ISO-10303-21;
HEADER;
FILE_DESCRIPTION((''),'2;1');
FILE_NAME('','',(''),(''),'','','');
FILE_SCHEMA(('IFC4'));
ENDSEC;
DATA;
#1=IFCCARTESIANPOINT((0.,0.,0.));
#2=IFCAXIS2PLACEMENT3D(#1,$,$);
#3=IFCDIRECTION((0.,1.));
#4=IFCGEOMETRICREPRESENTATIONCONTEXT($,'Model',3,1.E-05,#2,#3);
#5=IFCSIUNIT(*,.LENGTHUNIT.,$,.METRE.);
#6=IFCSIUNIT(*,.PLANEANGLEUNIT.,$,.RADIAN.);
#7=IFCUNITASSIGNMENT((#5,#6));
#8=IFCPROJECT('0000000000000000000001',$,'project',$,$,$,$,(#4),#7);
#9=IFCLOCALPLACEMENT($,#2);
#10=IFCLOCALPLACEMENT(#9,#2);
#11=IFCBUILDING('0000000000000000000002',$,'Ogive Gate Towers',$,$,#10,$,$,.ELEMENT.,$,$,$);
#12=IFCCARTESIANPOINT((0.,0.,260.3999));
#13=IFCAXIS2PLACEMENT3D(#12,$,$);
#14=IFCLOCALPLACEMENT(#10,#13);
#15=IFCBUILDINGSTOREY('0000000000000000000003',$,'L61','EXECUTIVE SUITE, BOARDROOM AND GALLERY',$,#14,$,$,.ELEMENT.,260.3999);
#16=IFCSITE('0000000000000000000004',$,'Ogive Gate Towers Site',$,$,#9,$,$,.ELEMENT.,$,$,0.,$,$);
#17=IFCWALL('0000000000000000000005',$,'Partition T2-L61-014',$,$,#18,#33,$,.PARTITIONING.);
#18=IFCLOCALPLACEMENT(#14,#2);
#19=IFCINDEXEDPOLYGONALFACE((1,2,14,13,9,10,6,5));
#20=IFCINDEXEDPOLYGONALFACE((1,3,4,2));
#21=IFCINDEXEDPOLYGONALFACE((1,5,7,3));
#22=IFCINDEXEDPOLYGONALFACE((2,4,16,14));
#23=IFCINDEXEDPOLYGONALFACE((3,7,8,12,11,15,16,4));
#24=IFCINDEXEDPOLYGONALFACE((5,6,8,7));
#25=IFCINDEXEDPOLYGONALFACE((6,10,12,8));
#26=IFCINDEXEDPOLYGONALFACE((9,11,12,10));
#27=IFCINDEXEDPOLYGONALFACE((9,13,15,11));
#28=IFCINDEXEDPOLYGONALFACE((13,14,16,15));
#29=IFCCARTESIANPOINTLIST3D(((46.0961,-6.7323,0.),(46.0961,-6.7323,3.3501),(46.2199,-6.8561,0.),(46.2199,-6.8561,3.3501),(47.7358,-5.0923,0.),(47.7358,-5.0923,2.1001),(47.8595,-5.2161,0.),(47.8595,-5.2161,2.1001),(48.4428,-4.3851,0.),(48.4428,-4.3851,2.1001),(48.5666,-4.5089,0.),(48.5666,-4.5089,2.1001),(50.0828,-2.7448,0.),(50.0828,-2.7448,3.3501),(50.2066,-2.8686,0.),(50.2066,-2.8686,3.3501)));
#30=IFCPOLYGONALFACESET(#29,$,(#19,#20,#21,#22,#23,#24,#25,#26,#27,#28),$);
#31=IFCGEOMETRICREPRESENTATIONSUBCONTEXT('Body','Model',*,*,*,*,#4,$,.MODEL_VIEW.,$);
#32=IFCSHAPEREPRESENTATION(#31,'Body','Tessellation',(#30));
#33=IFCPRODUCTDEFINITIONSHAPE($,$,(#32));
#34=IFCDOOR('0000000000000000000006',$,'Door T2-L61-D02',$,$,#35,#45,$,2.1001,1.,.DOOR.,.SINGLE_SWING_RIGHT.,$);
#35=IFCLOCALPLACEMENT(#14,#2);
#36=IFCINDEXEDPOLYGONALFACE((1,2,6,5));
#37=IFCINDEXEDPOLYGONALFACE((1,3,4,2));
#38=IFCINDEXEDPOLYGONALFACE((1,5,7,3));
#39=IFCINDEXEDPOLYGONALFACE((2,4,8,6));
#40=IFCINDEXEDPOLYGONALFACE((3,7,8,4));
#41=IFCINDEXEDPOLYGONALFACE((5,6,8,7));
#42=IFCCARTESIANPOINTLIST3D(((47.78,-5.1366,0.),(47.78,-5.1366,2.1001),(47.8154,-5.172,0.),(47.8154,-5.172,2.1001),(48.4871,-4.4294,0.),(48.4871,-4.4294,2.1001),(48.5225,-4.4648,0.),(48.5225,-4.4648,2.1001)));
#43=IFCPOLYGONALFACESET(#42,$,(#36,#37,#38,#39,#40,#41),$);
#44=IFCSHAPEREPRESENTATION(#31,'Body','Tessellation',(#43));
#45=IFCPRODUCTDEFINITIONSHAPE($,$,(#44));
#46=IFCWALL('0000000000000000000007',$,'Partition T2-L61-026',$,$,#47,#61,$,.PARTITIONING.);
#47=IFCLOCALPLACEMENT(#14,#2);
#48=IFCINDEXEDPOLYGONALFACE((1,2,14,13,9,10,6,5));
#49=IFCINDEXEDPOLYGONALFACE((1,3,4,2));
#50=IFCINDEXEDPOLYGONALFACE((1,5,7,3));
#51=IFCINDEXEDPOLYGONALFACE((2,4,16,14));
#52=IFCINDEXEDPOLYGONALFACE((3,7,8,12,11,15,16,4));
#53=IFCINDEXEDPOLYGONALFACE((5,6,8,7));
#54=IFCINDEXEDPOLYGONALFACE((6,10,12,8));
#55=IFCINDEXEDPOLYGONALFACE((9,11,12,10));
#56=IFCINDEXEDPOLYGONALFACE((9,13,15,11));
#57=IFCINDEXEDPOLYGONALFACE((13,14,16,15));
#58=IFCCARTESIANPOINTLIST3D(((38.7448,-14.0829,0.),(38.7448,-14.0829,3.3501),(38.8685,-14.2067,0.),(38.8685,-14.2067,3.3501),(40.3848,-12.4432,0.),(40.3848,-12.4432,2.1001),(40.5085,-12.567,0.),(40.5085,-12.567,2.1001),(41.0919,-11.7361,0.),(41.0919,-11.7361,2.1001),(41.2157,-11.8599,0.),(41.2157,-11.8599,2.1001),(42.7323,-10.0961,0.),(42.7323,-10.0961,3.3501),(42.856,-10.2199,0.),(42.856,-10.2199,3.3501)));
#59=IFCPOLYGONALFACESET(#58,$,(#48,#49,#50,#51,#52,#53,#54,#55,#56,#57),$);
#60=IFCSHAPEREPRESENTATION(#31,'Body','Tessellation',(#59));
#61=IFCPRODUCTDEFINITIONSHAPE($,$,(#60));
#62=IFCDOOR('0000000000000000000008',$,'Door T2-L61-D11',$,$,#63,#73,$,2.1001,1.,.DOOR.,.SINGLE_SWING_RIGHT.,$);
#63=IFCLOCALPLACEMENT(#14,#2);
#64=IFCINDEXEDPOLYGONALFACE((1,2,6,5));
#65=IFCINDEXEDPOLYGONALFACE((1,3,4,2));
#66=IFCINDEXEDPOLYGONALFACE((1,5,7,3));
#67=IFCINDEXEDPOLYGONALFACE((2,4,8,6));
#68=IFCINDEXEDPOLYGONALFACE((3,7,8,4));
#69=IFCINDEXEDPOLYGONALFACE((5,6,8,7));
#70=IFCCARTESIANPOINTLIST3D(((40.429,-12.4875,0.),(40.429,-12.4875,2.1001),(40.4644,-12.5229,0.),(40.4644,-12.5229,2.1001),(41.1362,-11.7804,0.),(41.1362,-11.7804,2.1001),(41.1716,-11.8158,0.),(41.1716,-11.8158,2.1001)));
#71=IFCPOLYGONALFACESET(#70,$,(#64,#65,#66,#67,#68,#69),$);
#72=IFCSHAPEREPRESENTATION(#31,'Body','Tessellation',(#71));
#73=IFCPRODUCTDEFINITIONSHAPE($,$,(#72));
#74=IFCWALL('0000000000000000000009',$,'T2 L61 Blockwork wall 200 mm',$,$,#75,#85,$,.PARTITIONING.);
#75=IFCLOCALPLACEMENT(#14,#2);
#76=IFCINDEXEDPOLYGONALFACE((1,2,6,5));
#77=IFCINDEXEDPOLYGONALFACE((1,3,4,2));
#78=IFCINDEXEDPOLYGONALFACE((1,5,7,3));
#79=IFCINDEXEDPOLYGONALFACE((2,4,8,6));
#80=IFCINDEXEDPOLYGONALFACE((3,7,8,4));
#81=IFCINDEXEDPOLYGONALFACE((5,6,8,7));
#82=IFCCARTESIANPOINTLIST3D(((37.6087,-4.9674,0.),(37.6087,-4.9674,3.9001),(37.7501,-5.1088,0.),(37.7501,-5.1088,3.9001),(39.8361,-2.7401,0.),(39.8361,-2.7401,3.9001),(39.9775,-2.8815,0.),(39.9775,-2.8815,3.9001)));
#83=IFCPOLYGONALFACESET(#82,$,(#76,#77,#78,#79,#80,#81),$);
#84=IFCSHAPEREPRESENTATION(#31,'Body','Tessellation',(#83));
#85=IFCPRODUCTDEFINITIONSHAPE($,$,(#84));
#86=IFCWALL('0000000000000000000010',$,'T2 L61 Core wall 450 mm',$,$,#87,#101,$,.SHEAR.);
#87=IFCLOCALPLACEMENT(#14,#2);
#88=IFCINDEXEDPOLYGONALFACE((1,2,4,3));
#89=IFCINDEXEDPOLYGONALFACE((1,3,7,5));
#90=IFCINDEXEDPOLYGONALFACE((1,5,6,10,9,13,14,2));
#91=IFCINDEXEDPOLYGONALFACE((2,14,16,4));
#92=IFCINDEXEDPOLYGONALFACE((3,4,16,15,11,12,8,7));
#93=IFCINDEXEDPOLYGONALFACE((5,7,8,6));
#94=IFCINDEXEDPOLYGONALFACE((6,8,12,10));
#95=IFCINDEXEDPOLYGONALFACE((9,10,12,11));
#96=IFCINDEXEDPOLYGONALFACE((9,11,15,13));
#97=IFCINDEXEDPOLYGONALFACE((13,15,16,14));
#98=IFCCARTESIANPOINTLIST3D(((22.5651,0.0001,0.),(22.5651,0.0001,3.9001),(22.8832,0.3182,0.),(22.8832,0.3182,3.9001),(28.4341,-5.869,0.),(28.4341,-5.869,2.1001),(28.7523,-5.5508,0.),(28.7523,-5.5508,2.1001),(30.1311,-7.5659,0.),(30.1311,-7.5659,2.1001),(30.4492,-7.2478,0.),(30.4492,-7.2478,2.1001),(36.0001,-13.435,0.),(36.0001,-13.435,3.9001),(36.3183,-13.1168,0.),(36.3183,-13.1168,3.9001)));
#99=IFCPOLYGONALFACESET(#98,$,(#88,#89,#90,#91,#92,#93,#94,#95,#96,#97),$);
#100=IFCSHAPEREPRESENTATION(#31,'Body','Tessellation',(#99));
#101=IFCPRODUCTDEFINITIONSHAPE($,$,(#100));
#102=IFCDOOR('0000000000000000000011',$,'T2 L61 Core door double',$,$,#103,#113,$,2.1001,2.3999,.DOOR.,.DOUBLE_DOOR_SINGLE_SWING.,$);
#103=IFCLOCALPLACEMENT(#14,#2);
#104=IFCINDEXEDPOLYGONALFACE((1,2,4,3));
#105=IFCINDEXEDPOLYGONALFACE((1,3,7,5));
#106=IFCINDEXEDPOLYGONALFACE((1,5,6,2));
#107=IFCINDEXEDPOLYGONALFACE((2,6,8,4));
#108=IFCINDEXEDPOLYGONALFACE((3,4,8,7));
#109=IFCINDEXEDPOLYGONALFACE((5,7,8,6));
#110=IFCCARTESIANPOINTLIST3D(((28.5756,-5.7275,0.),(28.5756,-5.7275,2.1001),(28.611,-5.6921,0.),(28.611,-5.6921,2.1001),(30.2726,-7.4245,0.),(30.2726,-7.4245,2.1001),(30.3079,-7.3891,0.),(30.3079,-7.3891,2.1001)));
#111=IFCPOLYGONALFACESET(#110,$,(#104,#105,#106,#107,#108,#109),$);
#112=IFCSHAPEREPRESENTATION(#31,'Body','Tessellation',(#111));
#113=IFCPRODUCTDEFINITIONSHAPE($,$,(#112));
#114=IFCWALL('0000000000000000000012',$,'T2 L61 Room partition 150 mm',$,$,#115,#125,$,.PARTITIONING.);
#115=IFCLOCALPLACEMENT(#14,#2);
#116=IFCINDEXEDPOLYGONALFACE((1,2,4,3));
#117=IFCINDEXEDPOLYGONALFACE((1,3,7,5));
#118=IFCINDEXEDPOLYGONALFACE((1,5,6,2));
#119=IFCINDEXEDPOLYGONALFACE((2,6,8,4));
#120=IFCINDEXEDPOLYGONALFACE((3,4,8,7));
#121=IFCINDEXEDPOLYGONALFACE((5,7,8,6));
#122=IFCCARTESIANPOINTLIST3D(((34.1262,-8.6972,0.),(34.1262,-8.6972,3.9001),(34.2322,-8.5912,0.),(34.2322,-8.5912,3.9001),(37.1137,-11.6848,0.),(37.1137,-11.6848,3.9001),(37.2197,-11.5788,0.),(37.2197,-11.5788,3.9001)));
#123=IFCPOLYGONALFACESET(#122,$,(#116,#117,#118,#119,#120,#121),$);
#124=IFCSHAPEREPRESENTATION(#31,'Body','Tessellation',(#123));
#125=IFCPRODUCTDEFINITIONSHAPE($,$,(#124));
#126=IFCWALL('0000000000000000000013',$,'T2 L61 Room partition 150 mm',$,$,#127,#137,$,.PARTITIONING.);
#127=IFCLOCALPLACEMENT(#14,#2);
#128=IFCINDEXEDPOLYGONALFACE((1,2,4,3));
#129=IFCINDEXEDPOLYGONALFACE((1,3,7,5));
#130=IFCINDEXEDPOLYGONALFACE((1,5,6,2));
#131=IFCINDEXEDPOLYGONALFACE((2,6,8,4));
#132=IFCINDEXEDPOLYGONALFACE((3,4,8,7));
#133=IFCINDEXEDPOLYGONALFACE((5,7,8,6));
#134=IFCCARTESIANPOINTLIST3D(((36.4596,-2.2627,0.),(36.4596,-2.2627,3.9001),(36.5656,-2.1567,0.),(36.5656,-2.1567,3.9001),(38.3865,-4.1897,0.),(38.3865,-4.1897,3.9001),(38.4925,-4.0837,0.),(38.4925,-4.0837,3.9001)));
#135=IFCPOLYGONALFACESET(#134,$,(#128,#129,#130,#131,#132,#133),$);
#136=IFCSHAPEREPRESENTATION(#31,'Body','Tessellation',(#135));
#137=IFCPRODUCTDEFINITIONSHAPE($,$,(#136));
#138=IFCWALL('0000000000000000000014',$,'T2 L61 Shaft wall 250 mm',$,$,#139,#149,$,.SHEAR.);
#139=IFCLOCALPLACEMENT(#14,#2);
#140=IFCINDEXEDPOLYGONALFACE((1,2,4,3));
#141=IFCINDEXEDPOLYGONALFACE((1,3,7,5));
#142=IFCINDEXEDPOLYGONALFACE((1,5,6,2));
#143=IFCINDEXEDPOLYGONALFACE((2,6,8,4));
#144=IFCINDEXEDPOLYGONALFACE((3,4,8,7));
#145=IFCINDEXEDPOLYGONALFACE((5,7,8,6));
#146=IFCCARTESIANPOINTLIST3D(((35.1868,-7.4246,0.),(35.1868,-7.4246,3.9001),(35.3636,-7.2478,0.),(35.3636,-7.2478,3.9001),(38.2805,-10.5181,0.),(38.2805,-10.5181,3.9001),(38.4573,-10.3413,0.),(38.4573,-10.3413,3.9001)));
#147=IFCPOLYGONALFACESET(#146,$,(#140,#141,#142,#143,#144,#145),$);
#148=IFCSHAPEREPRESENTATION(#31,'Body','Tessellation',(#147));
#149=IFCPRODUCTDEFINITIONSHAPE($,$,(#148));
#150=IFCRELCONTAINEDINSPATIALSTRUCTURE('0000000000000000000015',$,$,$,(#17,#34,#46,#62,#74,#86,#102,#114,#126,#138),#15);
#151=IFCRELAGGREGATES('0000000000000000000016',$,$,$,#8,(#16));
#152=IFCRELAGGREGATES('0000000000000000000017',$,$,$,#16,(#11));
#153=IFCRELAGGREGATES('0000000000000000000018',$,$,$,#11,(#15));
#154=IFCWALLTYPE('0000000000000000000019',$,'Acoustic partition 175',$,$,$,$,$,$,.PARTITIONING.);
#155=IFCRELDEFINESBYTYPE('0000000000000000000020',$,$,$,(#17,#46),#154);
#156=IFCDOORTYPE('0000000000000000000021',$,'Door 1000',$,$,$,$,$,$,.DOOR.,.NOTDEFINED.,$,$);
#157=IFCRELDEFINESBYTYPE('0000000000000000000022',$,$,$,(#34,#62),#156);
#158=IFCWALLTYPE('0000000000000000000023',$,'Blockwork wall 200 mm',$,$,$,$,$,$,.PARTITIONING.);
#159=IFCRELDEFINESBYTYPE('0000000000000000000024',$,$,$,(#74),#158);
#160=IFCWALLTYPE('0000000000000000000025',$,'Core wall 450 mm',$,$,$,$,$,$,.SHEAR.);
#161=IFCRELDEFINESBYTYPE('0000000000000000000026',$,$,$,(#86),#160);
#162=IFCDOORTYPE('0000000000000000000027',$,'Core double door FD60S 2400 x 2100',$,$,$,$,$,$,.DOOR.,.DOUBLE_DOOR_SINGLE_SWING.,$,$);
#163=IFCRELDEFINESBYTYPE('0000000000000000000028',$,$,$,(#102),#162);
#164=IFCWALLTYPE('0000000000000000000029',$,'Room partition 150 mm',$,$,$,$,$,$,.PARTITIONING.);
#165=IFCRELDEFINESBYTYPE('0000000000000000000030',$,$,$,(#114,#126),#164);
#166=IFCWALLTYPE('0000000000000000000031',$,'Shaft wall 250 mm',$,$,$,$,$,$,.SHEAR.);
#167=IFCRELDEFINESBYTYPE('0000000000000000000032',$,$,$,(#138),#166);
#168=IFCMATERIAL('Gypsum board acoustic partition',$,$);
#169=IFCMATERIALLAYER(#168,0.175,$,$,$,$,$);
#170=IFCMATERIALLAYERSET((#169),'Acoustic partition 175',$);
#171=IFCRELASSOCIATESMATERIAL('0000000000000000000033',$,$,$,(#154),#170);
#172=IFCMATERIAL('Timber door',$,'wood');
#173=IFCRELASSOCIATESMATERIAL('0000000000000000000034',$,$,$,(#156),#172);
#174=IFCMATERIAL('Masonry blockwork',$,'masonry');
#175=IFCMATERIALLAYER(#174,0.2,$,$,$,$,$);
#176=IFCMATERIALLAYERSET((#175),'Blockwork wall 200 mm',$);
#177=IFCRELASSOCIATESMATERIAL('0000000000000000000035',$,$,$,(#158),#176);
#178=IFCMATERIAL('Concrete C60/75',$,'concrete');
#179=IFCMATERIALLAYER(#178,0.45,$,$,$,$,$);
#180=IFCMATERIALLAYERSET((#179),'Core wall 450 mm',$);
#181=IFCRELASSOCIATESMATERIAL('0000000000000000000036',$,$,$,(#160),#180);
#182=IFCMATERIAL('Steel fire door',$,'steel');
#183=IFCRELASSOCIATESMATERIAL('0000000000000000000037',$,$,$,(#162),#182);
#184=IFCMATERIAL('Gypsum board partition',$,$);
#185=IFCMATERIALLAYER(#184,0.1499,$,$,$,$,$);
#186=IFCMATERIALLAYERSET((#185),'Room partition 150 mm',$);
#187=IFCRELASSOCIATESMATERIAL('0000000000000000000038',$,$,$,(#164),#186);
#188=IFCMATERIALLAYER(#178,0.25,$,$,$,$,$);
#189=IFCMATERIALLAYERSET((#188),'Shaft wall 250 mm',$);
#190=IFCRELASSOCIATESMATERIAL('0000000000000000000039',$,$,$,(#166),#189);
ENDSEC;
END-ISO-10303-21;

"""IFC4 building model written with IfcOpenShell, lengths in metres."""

from ifc_helpers import new_model, si_unit, direction, frame, frame_2d, origin, place, context, subcontext, project, spatial, rectangle, extrude, material, layer, layer_set, type_object, element, fill, save


model = new_model("IFC4")

# Units and contexts
model_context = context("Model", 3, precision=1e-05, world=origin(), true_north=direction((0.0, 1.0)))
body_context = subcontext(model_context, "Body", "Model", "MODEL_VIEW")
ifc_project = project(units=[si_unit("LENGTHUNIT", "METRE"), si_unit("PLANEANGLEUNIT", "RADIAN")], contexts=[model_context])

# Site, building, storey
site_placement = place(None, origin())
site = spatial("IfcSite", under=ifc_project, at=site_placement, Name="Ogive Gate Towers Site", CompositionType="ELEMENT", RefElevation=0.0)
building_placement = place(site_placement, origin())
building = spatial("IfcBuilding", under=site, at=building_placement, Name="Ogive Gate Towers", CompositionType="ELEMENT")
storey_placement = place(building_placement, frame((0.0, 0.0, 260.3999)))
storey = spatial("IfcBuildingStorey", under=building, at=storey_placement, Name="L61", Description="EXECUTIVE SUITE, BOARDROOM AND GALLERY", CompositionType="ELEMENT", Elevation=260.3999)

# Shared definitions
ifc_material_1 = material(Name="Gypsum board acoustic partition")
ifc_layer_1 = layer(ifc_material_1, 0.175)
ifc_layer_set_1 = layer_set([ifc_layer_1], Name="Acoustic partition 175")
wall_type_1 = type_object("IfcWallType", Name="Acoustic partition 175", PredefinedType="PARTITIONING", material=ifc_layer_set_1)

# Walls, openings, doors
ifc_material_2 = material(Name="Timber door", Category="wood")
door_type_1 = type_object("IfcDoorType", Name="Door 1000", OperationType="NOTDEFINED", PredefinedType="DOOR", material=ifc_material_2)
wall_1_placement = place(storey_placement, frame((46.158, -6.7942, 0.0), z_axis=(0.0, 0.0, 1.0), x_axis=(0.707042, 0.707172, 0.0)))
wall_1 = element("IfcWall", 1, at=wall_1_placement, inside=storey, type_object=wall_type_1, Name="Partition T2-L61-014", PredefinedType="PARTITIONING", context=body_context, shape_type="SweptSolid", body=[
    extrude(rectangle(XDim=5.6387, YDim=0.175, at=frame_2d((2.8193, 0.0))), origin(), (0.0, 0.0, 1.0), 3.3501),
])
opening_1_placement = place(wall_1_placement, frame((2.3191, 0.0, 0.0)))
opening_1 = element("IfcOpeningElement", 2, at=opening_1_placement, cuts=wall_1, PredefinedType="OPENING", context=body_context, shape_type="SweptSolid", body=[
    extrude(rectangle(XDim=1.0, YDim=2.1001, at=frame_2d((0.5, 1.05))), frame((0.0, 0.0977, 0.0), z_axis=(0.0, -1.0, 0.0), x_axis=(1.0, 0.0, 0.0)), (0.0, 0.0, 1.0), 0.1951),
])
door_1_placement = place(opening_1_placement, origin())
door_1 = element("IfcDoor", 3, at=door_1_placement, inside=storey, type_object=door_type_1, Name="Door T2-L61-D02", OperationType="SINGLE_SWING_RIGHT", OverallHeight=2.1001, OverallWidth=1.0, PredefinedType="DOOR", context=body_context, shape_type="SweptSolid", body=[
    extrude(rectangle(XDim=1.0, YDim=2.1001, at=frame_2d((0.5, 1.05))), frame((0.0, 0.0249, 0.0), z_axis=(0.0, -1.0, 0.0), x_axis=(1.0, 0.0, 0.0)), (0.0, 0.0, 1.0), 0.05),
])
fill(opening_1, door_1)
wall_2_placement = place(storey_placement, frame((38.8066, -14.1448, 0.0), z_axis=(0.0, 0.0, 1.0), x_axis=(0.707172, 0.707042, 0.0)))
wall_2 = element("IfcWall", 4, at=wall_2_placement, inside=storey, type_object=wall_type_1, Name="Partition T2-L61-026", PredefinedType="PARTITIONING", context=body_context, shape_type="SweptSolid", body=[
    extrude(rectangle(XDim=5.6387, YDim=0.175, at=frame_2d((2.8193, 0.0))), origin(), (0.0, 0.0, 1.0), 3.3501),
])
opening_2_placement = place(wall_2_placement, frame((2.3191, 0.0, 0.0)))
opening_2 = element("IfcOpeningElement", 5, at=opening_2_placement, cuts=wall_2, PredefinedType="OPENING", context=body_context, shape_type="SweptSolid", body=[
    extrude(rectangle(XDim=1.0, YDim=2.1001, at=frame_2d((0.5, 1.05))), frame((0.0, 0.0977, 0.0), z_axis=(0.0, -1.0, 0.0), x_axis=(1.0, 0.0, 0.0)), (0.0, 0.0, 1.0), 0.1951),
])
door_2_placement = place(opening_2_placement, origin())
door_2 = element("IfcDoor", 6, at=door_2_placement, inside=storey, type_object=door_type_1, Name="Door T2-L61-D11", OperationType="SINGLE_SWING_RIGHT", OverallHeight=2.1001, OverallWidth=1.0, PredefinedType="DOOR", context=body_context, shape_type="SweptSolid", body=[
    extrude(rectangle(XDim=1.0, YDim=2.1001, at=frame_2d((0.5, 1.05))), frame((0.0, 0.0249, 0.0), z_axis=(0.0, -1.0, 0.0), x_axis=(1.0, 0.0, 0.0)), (0.0, 0.0, 1.0), 0.05),
])
fill(opening_2, door_2)

# Wall
ifc_material_3 = material(Name="Masonry blockwork", Category="masonry")
ifc_layer_2 = layer(ifc_material_3, 0.2)
ifc_layer_set_2 = layer_set([ifc_layer_2], Name="Blockwork wall 200 mm")
wall_type_2 = type_object("IfcWallType", Name="Blockwork wall 200 mm", PredefinedType="PARTITIONING", material=ifc_layer_set_2)
wall_3_placement = place(storey_placement, frame((37.6794, -5.0381, 0.0), z_axis=(0.0, 0.0, 1.0), x_axis=(0.707107, 0.707107, 0.0)))
element("IfcWall", 7, at=wall_3_placement, inside=storey, type_object=wall_type_2, Name="T2 L61 Blockwork wall 200 mm", PredefinedType="PARTITIONING", context=body_context, shape_type="SweptSolid", body=[
    extrude(rectangle(XDim=3.1499, YDim=0.2, at=frame_2d((1.575, 0.0))), origin(), (0.0, 0.0, 1.0), 3.9001),
])

# Wall, opening, door
ifc_material_4 = material(Name="Concrete C60/75", Category="concrete")
ifc_layer_3 = layer(ifc_material_4, 0.45)
ifc_layer_set_3 = layer_set([ifc_layer_3], Name="Core wall 450 mm")
wall_type_3 = type_object("IfcWallType", Name="Core wall 450 mm", PredefinedType="SHEAR", material=ifc_layer_set_3)
wall_4_placement = place(storey_placement, frame((36.1592, -13.2759, 0.0), z_axis=(0.0, 0.0, 1.0), x_axis=(-0.707107, 0.707107, 0.0)))
wall_4 = element("IfcWall", 8, at=wall_4_placement, inside=storey, type_object=wall_type_3, Name="T2 L61 Core wall 450 mm", PredefinedType="SHEAR", context=body_context, shape_type="SweptSolid", body=[
    extrude(rectangle(XDim=19.0, YDim=0.45, at=frame_2d((9.5, 0.0))), origin(), (0.0, 0.0, 1.0), 3.9001),
])
opening_3_placement = place(wall_4_placement, frame((8.3, 0.0, 0.0)))
opening_3 = element("IfcOpeningElement", 9, at=opening_3_placement, cuts=wall_4, PredefinedType="OPENING", context=body_context, shape_type="SweptSolid", body=[
    extrude(rectangle(XDim=2.3999, YDim=2.1001, at=frame_2d((1.2, 1.05))), frame((0.0, 0.2349, 0.0), z_axis=(0.0, -1.0, 0.0), x_axis=(1.0, 0.0, 0.0)), (0.0, 0.0, 1.0), 0.47),
])
ifc_material_5 = material(Name="Steel fire door", Category="steel")
door_type_2 = type_object("IfcDoorType", Name="Core double door FD60S 2400 x 2100", OperationType="DOUBLE_DOOR_SINGLE_SWING", PredefinedType="DOOR", material=ifc_material_5)
door_3_placement = place(opening_3_placement, origin())
door_3 = element("IfcDoor", 10, at=door_3_placement, inside=storey, type_object=door_type_2, Name="T2 L61 Core door double", OperationType="DOUBLE_DOOR_SINGLE_SWING", OverallHeight=2.1001, OverallWidth=2.3999, PredefinedType="DOOR", context=body_context, shape_type="SweptSolid", body=[
    extrude(rectangle(XDim=2.3999, YDim=2.1001, at=frame_2d((1.2, 1.05))), frame((0.0, 0.0249, 0.0), z_axis=(0.0, -1.0, 0.0), x_axis=(1.0, 0.0, 0.0)), (0.0, 0.0, 1.0), 0.05),
])
fill(opening_3, door_3)

# Walls
ifc_material_6 = material(Name="Gypsum board partition")
ifc_layer_4 = layer(ifc_material_6, 0.1499)
ifc_layer_set_4 = layer_set([ifc_layer_4], Name="Room partition 150 mm")
wall_type_4 = type_object("IfcWallType", Name="Room partition 150 mm", PredefinedType="PARTITIONING", material=ifc_layer_set_4)
wall_5_placement = place(storey_placement, frame((37.1667, -11.6318, 0.0), z_axis=(0.0, 0.0, 1.0), x_axis=(-0.707107, 0.707107, 0.0)))
element("IfcWall", 11, at=wall_5_placement, inside=storey, type_object=wall_type_4, Name="T2 L61 Room partition 150 mm", PredefinedType="PARTITIONING", context=body_context, shape_type="SweptSolid", body=[
    extrude(rectangle(XDim=4.2251, YDim=0.1499, at=frame_2d((2.1125, 0.0))), origin(), (0.0, 0.0, 1.0), 3.9001),
])
wall_6_placement = place(storey_placement, frame((38.4395, -4.1367, 0.0), z_axis=(0.0, 0.0, 1.0), x_axis=(-0.707062, 0.707152, 0.0)))
element("IfcWall", 12, at=wall_6_placement, inside=storey, type_object=wall_type_4, Name="T2 L61 Room partition 150 mm", PredefinedType="PARTITIONING", context=body_context, shape_type="SweptSolid", body=[
    extrude(rectangle(XDim=2.7251, YDim=0.1499, at=frame_2d((1.3625, 0.0))), origin(), (0.0, 0.0, 1.0), 3.9001),
])
ifc_layer_5 = layer(ifc_material_4, 0.25)
ifc_layer_set_5 = layer_set([ifc_layer_5], Name="Shaft wall 250 mm")
wall_type_5 = type_object("IfcWallType", Name="Shaft wall 250 mm", PredefinedType="SHEAR", material=ifc_layer_set_5)
wall_7_placement = place(storey_placement, frame((38.3689, -10.4297, 0.0), z_axis=(0.0, 0.0, 1.0), x_axis=(-0.707135, 0.707079, 0.0)))
element("IfcWall", 13, at=wall_7_placement, inside=storey, type_object=wall_type_5, Name="T2 L61 Shaft wall 250 mm", PredefinedType="SHEAR", context=body_context, shape_type="SweptSolid", body=[
    extrude(rectangle(XDim=4.375, YDim=0.25, at=frame_2d((2.1875, 0.0))), origin(), (0.0, 0.0, 1.0), 3.9001),
])

save(model, "model.ifc")
